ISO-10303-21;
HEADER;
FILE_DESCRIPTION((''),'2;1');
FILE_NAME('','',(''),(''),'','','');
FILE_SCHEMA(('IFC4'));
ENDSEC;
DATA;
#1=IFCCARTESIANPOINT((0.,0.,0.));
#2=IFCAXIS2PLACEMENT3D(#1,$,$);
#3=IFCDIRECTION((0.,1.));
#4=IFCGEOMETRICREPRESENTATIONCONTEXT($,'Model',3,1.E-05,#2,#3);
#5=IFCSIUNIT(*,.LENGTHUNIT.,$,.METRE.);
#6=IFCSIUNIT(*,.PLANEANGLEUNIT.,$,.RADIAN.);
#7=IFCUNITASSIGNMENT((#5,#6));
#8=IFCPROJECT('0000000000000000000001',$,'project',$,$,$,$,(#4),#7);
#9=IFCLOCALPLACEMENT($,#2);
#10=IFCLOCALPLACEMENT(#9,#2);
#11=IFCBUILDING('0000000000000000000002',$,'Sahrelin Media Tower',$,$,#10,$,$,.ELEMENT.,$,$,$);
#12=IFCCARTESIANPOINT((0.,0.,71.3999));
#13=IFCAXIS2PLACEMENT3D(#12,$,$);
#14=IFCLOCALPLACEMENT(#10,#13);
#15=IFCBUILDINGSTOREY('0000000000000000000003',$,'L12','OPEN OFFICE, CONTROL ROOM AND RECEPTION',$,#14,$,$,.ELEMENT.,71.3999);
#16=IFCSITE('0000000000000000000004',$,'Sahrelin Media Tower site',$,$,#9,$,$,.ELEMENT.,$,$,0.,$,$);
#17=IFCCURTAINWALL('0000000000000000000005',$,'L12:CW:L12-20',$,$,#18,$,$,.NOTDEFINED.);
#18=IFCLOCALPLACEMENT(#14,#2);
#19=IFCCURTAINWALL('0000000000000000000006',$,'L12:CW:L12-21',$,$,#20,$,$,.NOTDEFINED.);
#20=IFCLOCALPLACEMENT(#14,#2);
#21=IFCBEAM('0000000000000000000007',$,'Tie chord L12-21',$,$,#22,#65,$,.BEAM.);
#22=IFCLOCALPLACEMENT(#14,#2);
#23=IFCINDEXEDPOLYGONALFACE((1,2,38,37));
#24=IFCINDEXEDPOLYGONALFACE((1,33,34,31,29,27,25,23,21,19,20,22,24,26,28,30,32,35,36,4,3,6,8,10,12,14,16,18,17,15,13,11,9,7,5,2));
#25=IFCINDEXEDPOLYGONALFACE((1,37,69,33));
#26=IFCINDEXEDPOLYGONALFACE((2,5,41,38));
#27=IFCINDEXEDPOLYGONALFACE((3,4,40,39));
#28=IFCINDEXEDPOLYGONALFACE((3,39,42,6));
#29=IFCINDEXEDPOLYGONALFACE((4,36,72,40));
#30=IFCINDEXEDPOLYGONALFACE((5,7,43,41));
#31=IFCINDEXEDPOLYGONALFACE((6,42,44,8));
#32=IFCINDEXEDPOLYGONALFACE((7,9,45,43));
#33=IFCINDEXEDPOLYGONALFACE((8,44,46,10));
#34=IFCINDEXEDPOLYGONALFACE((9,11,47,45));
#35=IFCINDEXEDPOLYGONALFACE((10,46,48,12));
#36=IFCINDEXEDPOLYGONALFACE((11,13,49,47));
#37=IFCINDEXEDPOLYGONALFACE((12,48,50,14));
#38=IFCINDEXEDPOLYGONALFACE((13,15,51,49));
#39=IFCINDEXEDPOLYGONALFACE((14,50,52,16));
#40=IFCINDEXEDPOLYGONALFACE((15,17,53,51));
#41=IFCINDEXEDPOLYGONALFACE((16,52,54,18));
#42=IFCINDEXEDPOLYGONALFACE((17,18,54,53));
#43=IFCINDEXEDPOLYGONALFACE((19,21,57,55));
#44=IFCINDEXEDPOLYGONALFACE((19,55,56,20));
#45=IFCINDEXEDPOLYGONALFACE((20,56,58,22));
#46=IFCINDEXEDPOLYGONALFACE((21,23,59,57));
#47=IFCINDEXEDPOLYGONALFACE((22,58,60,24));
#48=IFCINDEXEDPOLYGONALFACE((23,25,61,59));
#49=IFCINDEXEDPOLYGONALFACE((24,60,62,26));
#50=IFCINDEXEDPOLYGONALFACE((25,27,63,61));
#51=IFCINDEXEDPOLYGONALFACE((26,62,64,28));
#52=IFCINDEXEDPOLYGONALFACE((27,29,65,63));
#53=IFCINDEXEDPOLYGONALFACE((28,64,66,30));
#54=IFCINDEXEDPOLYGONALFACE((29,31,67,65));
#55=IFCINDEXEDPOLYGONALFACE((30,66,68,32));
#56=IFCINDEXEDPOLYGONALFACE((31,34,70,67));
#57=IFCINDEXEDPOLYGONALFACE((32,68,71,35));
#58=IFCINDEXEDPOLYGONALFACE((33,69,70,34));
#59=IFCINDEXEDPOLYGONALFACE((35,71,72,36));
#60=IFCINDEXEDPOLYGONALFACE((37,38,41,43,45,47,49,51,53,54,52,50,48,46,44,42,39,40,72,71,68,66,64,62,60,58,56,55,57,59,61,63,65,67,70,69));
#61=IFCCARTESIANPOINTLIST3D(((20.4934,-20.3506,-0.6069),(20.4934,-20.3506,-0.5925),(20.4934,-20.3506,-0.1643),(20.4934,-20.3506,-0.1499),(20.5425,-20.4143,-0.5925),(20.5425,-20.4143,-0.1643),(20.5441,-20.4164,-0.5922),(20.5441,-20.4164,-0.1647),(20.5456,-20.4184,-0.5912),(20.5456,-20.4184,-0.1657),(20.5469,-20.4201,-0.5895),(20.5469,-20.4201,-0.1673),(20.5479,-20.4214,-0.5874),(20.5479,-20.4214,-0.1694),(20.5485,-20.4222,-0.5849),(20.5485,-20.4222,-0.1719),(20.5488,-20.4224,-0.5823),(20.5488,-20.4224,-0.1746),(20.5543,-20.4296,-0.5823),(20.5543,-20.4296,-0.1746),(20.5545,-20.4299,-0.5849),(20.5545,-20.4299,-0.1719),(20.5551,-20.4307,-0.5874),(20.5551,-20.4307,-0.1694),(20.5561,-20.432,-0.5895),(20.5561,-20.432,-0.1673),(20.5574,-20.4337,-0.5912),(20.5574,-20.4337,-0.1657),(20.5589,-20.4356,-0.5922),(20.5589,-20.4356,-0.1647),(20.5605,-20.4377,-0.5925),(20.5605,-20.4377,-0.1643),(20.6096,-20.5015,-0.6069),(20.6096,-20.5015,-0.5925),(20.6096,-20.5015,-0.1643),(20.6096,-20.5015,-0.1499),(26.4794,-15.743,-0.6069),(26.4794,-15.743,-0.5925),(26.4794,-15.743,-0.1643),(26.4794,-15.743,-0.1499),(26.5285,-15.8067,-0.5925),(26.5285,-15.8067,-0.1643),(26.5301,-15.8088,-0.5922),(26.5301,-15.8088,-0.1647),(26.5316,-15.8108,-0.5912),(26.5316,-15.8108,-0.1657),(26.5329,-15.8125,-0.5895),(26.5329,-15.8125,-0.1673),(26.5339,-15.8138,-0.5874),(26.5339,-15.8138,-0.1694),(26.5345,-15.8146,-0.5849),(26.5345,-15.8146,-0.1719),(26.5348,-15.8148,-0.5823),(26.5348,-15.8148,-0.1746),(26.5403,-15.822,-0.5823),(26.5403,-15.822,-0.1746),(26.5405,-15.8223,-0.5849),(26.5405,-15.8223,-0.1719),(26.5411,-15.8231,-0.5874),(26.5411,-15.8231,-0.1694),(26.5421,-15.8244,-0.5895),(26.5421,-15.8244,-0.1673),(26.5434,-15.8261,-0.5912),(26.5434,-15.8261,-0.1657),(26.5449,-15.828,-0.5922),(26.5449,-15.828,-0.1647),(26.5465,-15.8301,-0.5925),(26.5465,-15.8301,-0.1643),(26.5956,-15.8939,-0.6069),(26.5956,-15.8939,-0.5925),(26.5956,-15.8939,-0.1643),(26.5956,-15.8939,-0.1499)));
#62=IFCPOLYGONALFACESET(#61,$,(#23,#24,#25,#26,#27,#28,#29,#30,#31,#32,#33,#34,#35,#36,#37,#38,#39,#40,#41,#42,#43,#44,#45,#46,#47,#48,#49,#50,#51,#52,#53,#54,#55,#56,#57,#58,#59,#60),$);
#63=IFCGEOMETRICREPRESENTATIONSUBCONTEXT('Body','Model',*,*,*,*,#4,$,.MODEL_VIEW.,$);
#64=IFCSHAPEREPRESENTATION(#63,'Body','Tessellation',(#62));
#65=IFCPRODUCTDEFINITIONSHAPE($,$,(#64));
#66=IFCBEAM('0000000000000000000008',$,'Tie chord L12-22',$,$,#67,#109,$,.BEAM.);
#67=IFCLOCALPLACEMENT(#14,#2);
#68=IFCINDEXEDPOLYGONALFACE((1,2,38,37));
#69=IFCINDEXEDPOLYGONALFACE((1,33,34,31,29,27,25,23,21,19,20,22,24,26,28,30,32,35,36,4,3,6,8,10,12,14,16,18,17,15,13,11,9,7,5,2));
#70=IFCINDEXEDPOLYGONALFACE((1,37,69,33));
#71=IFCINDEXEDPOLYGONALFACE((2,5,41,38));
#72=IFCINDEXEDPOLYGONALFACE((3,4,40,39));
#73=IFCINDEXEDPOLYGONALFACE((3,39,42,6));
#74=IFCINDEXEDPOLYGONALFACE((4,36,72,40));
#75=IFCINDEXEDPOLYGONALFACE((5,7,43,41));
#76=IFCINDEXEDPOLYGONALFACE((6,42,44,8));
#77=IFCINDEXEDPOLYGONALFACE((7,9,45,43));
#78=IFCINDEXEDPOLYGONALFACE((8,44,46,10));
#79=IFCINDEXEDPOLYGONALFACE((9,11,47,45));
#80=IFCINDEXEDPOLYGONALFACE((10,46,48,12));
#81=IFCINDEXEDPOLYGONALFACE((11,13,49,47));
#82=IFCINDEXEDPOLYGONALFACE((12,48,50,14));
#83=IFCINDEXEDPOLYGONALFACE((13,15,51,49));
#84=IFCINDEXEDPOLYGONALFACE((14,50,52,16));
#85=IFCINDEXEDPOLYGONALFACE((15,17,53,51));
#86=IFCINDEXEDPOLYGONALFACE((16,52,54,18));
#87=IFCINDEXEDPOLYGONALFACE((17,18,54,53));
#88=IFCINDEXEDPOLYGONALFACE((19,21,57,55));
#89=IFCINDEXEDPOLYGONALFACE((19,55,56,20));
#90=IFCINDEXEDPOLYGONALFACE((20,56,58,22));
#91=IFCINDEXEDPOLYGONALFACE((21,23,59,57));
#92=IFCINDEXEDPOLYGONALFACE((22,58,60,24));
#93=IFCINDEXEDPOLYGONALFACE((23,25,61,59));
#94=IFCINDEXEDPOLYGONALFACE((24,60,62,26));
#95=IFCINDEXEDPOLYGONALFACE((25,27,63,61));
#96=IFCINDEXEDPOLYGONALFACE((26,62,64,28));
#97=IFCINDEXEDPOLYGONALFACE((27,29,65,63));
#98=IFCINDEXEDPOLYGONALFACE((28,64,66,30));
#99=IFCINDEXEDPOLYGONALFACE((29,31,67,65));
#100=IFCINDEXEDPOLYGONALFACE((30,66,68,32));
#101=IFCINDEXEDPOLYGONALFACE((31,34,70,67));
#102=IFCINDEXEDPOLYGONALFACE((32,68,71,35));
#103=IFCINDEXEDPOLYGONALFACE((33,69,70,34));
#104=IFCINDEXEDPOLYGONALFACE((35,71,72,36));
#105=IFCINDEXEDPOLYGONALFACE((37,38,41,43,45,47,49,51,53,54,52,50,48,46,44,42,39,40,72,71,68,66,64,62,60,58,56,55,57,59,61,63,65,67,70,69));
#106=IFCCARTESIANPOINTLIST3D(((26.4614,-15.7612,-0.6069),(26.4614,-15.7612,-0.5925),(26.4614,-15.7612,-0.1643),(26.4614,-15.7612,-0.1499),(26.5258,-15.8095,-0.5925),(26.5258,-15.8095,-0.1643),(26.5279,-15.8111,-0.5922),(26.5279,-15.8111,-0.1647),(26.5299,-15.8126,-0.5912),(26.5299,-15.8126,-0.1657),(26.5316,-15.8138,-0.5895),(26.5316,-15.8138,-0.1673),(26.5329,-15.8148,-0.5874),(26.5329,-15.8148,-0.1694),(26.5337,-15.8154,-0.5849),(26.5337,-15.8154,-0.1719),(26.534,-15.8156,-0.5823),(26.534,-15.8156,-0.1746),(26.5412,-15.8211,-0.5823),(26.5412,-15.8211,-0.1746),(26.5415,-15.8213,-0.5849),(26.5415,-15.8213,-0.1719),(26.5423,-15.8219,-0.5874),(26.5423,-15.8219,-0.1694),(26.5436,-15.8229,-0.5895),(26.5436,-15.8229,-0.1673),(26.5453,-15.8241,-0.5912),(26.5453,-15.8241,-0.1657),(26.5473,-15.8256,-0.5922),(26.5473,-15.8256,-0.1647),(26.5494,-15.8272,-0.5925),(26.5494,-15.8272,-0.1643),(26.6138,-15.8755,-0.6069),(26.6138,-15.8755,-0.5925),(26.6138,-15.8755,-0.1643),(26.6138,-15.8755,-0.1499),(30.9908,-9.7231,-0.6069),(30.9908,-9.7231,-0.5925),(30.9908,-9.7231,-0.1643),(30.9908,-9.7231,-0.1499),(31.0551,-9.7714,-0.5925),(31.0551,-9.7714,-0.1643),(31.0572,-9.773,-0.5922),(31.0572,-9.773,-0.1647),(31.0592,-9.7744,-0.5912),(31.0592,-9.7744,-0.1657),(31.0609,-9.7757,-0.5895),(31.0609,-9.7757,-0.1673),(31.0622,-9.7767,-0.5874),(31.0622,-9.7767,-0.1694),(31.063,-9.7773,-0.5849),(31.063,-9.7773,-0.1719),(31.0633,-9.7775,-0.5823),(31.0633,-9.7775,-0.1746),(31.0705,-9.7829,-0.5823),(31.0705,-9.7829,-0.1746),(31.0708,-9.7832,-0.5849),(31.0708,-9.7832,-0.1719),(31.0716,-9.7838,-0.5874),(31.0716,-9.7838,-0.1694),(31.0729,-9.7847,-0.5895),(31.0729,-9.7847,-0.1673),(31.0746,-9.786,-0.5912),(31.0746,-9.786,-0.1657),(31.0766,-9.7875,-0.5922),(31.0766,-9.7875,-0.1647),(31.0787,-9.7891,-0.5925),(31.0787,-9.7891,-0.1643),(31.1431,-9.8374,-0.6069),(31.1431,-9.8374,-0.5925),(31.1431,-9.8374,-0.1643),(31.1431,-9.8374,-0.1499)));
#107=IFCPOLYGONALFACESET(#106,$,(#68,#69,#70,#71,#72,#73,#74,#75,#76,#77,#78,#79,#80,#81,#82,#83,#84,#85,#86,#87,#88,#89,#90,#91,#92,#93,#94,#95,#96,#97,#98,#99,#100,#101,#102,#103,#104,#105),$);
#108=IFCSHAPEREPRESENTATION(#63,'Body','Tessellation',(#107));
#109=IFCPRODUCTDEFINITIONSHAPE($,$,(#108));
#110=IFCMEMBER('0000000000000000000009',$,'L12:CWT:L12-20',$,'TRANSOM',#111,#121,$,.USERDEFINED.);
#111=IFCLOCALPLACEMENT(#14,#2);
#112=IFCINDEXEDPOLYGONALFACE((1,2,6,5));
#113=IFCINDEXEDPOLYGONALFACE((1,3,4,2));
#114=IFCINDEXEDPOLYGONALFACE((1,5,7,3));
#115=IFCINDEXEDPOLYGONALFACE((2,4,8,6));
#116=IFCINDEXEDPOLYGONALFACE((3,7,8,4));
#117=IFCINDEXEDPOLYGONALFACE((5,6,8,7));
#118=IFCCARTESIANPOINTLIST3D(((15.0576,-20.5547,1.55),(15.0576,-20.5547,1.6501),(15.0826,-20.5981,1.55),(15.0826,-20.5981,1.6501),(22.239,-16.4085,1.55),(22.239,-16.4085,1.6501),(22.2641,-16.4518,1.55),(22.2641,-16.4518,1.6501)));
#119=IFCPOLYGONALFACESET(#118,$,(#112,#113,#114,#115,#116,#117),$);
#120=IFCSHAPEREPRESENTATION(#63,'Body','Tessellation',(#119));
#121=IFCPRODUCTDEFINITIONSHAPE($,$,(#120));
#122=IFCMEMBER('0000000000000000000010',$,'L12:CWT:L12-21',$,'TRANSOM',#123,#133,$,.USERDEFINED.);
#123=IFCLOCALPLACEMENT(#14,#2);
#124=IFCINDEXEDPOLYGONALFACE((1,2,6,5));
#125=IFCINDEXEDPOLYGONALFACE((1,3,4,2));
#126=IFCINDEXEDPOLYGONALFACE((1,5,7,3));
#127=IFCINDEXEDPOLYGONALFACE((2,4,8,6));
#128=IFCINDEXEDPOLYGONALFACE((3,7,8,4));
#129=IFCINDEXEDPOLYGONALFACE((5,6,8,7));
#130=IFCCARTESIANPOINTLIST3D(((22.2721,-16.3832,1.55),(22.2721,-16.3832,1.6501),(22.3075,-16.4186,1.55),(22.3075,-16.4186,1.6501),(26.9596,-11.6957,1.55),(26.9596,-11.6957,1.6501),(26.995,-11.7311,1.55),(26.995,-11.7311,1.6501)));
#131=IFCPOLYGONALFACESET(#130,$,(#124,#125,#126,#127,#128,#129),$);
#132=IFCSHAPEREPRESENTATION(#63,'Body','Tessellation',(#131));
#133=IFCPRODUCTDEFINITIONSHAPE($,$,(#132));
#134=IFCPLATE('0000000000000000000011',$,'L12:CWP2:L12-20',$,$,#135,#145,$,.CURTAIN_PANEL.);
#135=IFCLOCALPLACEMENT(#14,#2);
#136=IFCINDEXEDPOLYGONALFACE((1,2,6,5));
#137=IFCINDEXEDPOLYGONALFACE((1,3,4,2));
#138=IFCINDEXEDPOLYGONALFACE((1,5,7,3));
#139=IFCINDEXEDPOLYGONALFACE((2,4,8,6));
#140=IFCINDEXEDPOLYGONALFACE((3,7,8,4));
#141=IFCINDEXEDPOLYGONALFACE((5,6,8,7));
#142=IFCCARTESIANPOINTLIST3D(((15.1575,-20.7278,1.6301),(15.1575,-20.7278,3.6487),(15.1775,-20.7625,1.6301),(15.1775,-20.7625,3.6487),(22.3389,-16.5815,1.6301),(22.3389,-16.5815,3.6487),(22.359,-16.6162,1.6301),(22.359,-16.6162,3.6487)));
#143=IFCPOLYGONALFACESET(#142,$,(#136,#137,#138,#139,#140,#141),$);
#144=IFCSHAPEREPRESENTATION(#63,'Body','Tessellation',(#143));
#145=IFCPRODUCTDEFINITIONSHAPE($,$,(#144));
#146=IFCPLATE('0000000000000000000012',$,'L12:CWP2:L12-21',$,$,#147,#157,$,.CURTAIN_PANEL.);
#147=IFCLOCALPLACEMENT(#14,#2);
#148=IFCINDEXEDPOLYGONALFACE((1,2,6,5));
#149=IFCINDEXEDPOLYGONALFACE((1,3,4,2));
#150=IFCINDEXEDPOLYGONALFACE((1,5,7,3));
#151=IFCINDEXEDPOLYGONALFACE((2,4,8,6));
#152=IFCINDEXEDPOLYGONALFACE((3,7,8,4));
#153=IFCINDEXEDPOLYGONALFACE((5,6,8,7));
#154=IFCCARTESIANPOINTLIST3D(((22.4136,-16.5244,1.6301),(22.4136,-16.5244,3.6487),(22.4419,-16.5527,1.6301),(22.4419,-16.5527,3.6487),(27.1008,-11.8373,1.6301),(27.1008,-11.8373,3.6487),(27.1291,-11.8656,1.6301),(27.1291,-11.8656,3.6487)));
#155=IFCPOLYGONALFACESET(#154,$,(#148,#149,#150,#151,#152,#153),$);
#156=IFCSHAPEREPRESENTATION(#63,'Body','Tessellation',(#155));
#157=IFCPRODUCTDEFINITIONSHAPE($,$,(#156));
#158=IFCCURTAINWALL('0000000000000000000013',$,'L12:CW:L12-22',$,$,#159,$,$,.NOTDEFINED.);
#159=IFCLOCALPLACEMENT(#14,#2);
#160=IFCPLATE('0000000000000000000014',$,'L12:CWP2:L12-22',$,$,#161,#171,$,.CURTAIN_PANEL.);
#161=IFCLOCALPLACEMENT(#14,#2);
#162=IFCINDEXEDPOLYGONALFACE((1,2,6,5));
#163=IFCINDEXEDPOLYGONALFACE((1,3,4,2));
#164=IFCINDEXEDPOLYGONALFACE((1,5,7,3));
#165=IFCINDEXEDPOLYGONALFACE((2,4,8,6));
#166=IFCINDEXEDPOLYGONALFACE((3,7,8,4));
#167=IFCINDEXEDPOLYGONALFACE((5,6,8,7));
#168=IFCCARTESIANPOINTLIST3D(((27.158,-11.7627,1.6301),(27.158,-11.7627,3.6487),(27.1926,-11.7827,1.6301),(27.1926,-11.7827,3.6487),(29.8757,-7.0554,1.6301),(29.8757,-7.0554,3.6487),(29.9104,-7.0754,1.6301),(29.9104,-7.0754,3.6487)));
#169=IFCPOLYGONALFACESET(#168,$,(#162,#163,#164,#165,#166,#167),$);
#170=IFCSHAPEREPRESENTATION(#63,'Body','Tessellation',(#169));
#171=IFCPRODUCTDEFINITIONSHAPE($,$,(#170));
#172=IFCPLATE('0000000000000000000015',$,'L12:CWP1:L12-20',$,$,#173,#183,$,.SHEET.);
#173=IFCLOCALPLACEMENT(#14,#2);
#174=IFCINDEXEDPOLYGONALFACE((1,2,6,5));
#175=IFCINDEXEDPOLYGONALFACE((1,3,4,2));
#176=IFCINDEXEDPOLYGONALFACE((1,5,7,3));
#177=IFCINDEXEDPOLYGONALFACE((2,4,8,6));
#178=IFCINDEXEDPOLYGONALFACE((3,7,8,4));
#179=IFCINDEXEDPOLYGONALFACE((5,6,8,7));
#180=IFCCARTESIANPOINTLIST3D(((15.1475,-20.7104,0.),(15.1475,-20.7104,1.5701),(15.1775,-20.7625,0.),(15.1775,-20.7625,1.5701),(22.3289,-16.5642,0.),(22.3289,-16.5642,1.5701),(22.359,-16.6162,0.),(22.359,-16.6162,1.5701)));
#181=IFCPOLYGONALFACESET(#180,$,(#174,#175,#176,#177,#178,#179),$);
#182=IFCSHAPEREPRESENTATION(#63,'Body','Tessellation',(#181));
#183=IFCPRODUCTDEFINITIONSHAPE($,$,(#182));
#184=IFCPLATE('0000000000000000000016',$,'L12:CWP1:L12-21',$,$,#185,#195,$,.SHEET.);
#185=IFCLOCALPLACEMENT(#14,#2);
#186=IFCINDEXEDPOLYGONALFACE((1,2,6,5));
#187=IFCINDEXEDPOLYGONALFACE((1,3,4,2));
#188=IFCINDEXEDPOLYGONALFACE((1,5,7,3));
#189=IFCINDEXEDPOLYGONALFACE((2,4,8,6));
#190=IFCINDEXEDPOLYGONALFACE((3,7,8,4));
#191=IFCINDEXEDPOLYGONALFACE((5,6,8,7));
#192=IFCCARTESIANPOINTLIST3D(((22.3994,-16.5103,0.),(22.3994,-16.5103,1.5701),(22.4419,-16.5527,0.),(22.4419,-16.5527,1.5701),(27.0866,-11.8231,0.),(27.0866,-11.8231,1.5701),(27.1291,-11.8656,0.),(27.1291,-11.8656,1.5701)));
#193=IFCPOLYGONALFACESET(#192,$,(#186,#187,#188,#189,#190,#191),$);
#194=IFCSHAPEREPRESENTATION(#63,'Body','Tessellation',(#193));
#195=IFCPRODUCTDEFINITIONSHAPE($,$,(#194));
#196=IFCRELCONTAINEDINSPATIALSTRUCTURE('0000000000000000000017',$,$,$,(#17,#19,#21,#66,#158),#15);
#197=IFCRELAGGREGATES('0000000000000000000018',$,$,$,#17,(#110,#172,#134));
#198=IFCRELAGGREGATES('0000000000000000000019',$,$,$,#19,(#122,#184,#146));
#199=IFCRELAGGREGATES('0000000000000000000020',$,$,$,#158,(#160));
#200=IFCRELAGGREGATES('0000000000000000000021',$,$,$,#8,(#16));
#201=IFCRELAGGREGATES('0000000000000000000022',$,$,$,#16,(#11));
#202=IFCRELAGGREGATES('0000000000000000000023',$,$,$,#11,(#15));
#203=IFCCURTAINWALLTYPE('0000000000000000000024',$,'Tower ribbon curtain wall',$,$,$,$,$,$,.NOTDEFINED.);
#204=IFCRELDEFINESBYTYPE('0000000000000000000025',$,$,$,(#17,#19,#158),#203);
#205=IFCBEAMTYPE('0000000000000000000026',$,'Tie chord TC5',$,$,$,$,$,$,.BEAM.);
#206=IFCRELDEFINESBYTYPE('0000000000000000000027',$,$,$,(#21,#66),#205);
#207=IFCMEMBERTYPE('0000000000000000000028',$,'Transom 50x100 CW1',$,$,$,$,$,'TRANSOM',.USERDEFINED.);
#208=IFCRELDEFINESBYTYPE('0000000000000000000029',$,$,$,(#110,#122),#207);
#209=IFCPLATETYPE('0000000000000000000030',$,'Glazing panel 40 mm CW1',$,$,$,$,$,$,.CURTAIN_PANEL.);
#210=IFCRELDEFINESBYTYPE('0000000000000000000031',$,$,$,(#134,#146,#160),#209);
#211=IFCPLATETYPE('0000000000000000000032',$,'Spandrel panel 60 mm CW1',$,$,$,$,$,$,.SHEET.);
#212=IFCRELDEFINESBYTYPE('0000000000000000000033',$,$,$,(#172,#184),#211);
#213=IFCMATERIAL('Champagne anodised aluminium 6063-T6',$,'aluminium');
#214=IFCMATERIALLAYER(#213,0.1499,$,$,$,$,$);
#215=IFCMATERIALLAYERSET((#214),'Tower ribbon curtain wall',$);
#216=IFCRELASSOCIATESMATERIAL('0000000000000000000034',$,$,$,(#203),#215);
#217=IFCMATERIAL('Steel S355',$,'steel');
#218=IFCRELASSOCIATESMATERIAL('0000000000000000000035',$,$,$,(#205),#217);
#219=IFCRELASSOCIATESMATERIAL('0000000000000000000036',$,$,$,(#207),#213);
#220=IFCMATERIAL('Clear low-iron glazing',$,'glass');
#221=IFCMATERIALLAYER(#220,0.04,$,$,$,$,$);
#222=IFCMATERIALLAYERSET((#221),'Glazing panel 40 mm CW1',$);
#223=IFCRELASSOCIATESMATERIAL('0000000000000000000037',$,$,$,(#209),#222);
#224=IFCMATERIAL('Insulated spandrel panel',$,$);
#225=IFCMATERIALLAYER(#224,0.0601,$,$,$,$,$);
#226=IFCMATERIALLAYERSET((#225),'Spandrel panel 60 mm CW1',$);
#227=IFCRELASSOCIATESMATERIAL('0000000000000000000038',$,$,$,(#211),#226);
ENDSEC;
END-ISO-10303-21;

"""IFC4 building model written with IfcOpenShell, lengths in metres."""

from ifc_helpers import new_model, si_unit, direction, frame, origin, origin_2d, place, context, subcontext, project, spatial, polyline, rectangle, i_section, outline, extrude, material, layer, layer_set, material_profile, profile_set, type_object, element, aggregate, save


model = new_model("IFC4")

# Units and contexts
model_context = context("Model", 3, precision=1e-05, world=origin(), true_north=direction((0.0, 1.0)))
body_context = subcontext(model_context, "Body", "Model", "MODEL_VIEW")
ifc_project = project(units=[si_unit("LENGTHUNIT", "METRE"), si_unit("PLANEANGLEUNIT", "RADIAN")], contexts=[model_context])

# Site, building, storey
site_placement = place(None, origin())
site = spatial("IfcSite", under=ifc_project, at=site_placement, Name="Sahrelin Media Tower site", CompositionType="ELEMENT", RefElevation=0.0)
building_placement = place(site_placement, origin())
building = spatial("IfcBuilding", under=site, at=building_placement, Name="Sahrelin Media Tower", CompositionType="ELEMENT")
storey_placement = place(building_placement, frame((0.0, 0.0, 71.3999)))
storey = spatial("IfcBuildingStorey", under=building, at=storey_placement, Name="L12", Description="OPEN OFFICE, CONTROL ROOM AND RECEPTION", CompositionType="ELEMENT", Elevation=71.3999)

# Shared definitions
ifc_material_1 = material(Name="Steel S355", Category="steel")

# Curtain walls
ifc_material_2 = material(Name="Champagne anodised aluminium 6063-T6", Category="aluminium")
ifc_layer_1 = layer(ifc_material_2, 0.1499)
ifc_layer_set_1 = layer_set([ifc_layer_1], Name="Tower ribbon curtain wall")
curtain_wall_type = type_object("IfcCurtainWallType", Name="Tower ribbon curtain wall", PredefinedType="NOTDEFINED", material=ifc_layer_set_1)
curtain_wall_1_placement = place(storey_placement, frame((18.7583, -18.6721, 0.0), z_axis=(0.0, 0.0, 1.0), x_axis=(1.0, 0.0, 0.0)))
curtain_wall_1 = element("IfcCurtainWall", 1, at=curtain_wall_1_placement, inside=storey, type_object=curtain_wall_type, Name="L12:CW:L12-20", PredefinedType="NOTDEFINED")
curtain_wall_2_placement = place(storey_placement, frame((24.7712, -14.1948, 0.0), z_axis=(0.0, 0.0, 1.0), x_axis=(1.0, 0.0, 0.0)))
curtain_wall_2 = element("IfcCurtainWall", 2, at=curtain_wall_2_placement, inside=storey, type_object=curtain_wall_type, Name="L12:CW:L12-21", PredefinedType="NOTDEFINED")

# Beams
ifc_material_profile_1 = material_profile(ifc_material_1, i_section(OverallWidth=0.1904, OverallDepth=0.457, WebThickness=0.009, FlangeThickness=0.0144, FilletRadius=0.0103, at=origin_2d()), Name="UB 457x191x74")
ifc_profile_set_1 = profile_set([ifc_material_profile_1], Name="Steel S355")
beam_type_1 = type_object("IfcBeamType", Name="Tie chord TC5", PredefinedType="BEAM", material=ifc_profile_set_1)
beam_1_placement = place(storey_placement, frame((20.5515, -20.426, -0.3784), z_axis=(0.792433, 0.609959, 0.0), x_axis=(-0.609959, 0.792433, 0.0)))
element("IfcBeam", 3, at=beam_1_placement, inside=storey, type_object=beam_type_1, Name="Tie chord L12-21", PredefinedType="BEAM", context=body_context, shape_type="SweptSolid", body=[
    extrude(i_section(OverallWidth=0.1904, OverallDepth=0.457, WebThickness=0.009, FlangeThickness=0.0144, FilletRadius=0.0103, at=origin_2d()), origin(), (0.0, 0.0, 1.0), 7.554),
])
beam_2_placement = place(storey_placement, frame((26.5376, -15.8184, -0.3784), z_axis=(0.600062, 0.799953, 0.0), x_axis=(-0.799953, 0.600062, 0.0)))
element("IfcBeam", 4, at=beam_2_placement, inside=storey, type_object=beam_type_1, Name="Tie chord L12-22", PredefinedType="BEAM", context=body_context, shape_type="SweptSolid", body=[
    extrude(i_section(OverallWidth=0.1904, OverallDepth=0.457, WebThickness=0.009, FlangeThickness=0.0144, FilletRadius=0.0103, at=origin_2d()), origin(), (0.0, 0.0, 1.0), 7.5481),
])

# Members
ifc_material_profile_2 = material_profile(ifc_material_2, rectangle(XDim=0.05, YDim=0.1001, at=origin_2d()), Name="Transom 50x100")
ifc_profile_set_2 = profile_set([ifc_material_profile_2], Name="Champagne anodised aluminium 6063-T6")
member_type_1 = type_object("IfcMemberType", Name="Transom 50x100 CW1", ElementType="TRANSOM", PredefinedType="USERDEFINED", material=ifc_profile_set_2)
member_1_placement = place(storey_placement, frame((15.0701, -20.5764, 1.6001), z_axis=(0.866022, 0.500005, 0.0), x_axis=(-0.500005, 0.866022, 0.0)))
member_1 = element("IfcMember", 5, at=member_1_placement, type_object=member_type_1, Name="L12:CWT:L12-20", ObjectType="TRANSOM", PredefinedType="USERDEFINED", context=body_context, shape_type="SweptSolid", body=[
    extrude(rectangle(XDim=0.05, YDim=0.1001, at=origin_2d()), origin(), (0.0, 0.0, 1.0), 8.2925),
])
member_2_placement = place(storey_placement, frame((22.2898, -16.4009, 1.6001), z_axis=(0.707107, 0.707107, 0.0), x_axis=(-0.707107, 0.707107, 0.0)))
member_2 = element("IfcMember", 6, at=member_2_placement, type_object=member_type_1, Name="L12:CWT:L12-21", ObjectType="TRANSOM", PredefinedType="USERDEFINED", context=body_context, shape_type="SweptSolid", body=[
    extrude(rectangle(XDim=0.05, YDim=0.1001, at=origin_2d()), origin(), (0.0, 0.0, 1.0), 6.6292),
])

# Plates
ifc_material_3 = material(Name="Clear low-iron glazing", Category="glass")
ifc_layer_2 = layer(ifc_material_3, 0.04)
ifc_layer_set_2 = layer_set([ifc_layer_2], Name="Glazing panel 40 mm CW1")
plate_type_1 = type_object("IfcPlateType", Name="Glazing panel 40 mm CW1", PredefinedType="CURTAIN_PANEL", material=ifc_layer_set_2)
plate_1_placement = place(storey_placement, frame((15.1775, -20.7625, 1.6301), z_axis=(0.500005, -0.866022, 0.0), x_axis=(0.866022, 0.500005, 0.0)))
plate_1 = element("IfcPlate", 7, at=plate_1_placement, type_object=plate_type_1, Name="L12:CWP2:L12-20", PredefinedType="CURTAIN_PANEL", context=body_context, shape_type="SweptSolid", body=[
    extrude(outline(polyline([(0.0, 0.0), (8.2925, 0.0), (8.2925, 2.0186), (0.0, 2.0186), (0.0, 0.0)])), origin(), (0.0, 0.0, -1.0), 0.04),
])
plate_2_placement = place(storey_placement, frame((22.4419, -16.5527, 1.6301), z_axis=(0.707107, -0.707107, 0.0), x_axis=(0.707107, 0.707107, 0.0)))
plate_2 = element("IfcPlate", 8, at=plate_2_placement, type_object=plate_type_1, Name="L12:CWP2:L12-21", PredefinedType="CURTAIN_PANEL", context=body_context, shape_type="SweptSolid", body=[
    extrude(outline(polyline([(0.0, 0.0), (6.6287, 0.0), (6.6287, 2.0186), (0.0, 2.0186), (0.0, 0.0)])), origin(), (0.0, 0.0, -1.0), 0.04),
])

# Curtain wall, plate
curtain_wall_3_placement = place(storey_placement, frame((28.5342, -9.4189, 0.0), z_axis=(0.0, 0.0, 1.0), x_axis=(1.0, 0.0, 0.0)))
curtain_wall_3 = element("IfcCurtainWall", 9, at=curtain_wall_3_placement, inside=storey, type_object=curtain_wall_type, Name="L12:CW:L12-22", PredefinedType="NOTDEFINED")
plate_3_placement = place(storey_placement, frame((27.1926, -11.7827, 1.6301), z_axis=(0.866023, -0.500004, 0.0), x_axis=(0.500004, 0.866023, 0.0)))
plate_3 = element("IfcPlate", 10, at=plate_3_placement, type_object=plate_type_1, Name="L12:CWP2:L12-22", PredefinedType="CURTAIN_PANEL", context=body_context, shape_type="SweptSolid", body=[
    extrude(outline(polyline([(0.0, 0.0), (5.4355, 0.0), (5.4355, 2.0186), (0.0, 2.0186), (0.0, 0.0)])), origin(), (0.0, 0.0, -1.0), 0.04),
])

# Plates
ifc_material_4 = material(Name="Insulated spandrel panel")
ifc_layer_3 = layer(ifc_material_4, 0.0601)
ifc_layer_set_3 = layer_set([ifc_layer_3], Name="Spandrel panel 60 mm CW1")
plate_type_2 = type_object("IfcPlateType", Name="Spandrel panel 60 mm CW1", PredefinedType="SHEET", material=ifc_layer_set_3)
plate_4_placement = place(storey_placement, frame((15.1775, -20.7625, 0.0), z_axis=(0.500005, -0.866022, 0.0), x_axis=(0.866022, 0.500005, 0.0)))
plate_4 = element("IfcPlate", 11, at=plate_4_placement, type_object=plate_type_2, Name="L12:CWP1:L12-20", PredefinedType="SHEET", context=body_context, shape_type="SweptSolid", body=[
    extrude(outline(polyline([(0.0, 0.0), (8.2925, 0.0), (8.2925, 1.5701), (0.0, 1.5701), (0.0, 0.0)])), origin(), (0.0, 0.0, -1.0), 0.0601),
])
aggregate(curtain_wall_1, [member_1, plate_4, plate_1])
plate_5_placement = place(storey_placement, frame((22.4419, -16.5527, 0.0), z_axis=(0.707107, -0.707107, 0.0), x_axis=(0.707107, 0.707107, 0.0)))
plate_5 = element("IfcPlate", 12, at=plate_5_placement, type_object=plate_type_2, Name="L12:CWP1:L12-21", PredefinedType="SHEET", context=body_context, shape_type="SweptSolid", body=[
    extrude(outline(polyline([(0.0, 0.0), (6.6287, 0.0), (6.6287, 1.5701), (0.0, 1.5701), (0.0, 0.0)])), origin(), (0.0, 0.0, -1.0), 0.0601),
])
aggregate(curtain_wall_2, [member_2, plate_5, plate_2])
aggregate(curtain_wall_3, [plate_3])

save(model, "model.ifc")
